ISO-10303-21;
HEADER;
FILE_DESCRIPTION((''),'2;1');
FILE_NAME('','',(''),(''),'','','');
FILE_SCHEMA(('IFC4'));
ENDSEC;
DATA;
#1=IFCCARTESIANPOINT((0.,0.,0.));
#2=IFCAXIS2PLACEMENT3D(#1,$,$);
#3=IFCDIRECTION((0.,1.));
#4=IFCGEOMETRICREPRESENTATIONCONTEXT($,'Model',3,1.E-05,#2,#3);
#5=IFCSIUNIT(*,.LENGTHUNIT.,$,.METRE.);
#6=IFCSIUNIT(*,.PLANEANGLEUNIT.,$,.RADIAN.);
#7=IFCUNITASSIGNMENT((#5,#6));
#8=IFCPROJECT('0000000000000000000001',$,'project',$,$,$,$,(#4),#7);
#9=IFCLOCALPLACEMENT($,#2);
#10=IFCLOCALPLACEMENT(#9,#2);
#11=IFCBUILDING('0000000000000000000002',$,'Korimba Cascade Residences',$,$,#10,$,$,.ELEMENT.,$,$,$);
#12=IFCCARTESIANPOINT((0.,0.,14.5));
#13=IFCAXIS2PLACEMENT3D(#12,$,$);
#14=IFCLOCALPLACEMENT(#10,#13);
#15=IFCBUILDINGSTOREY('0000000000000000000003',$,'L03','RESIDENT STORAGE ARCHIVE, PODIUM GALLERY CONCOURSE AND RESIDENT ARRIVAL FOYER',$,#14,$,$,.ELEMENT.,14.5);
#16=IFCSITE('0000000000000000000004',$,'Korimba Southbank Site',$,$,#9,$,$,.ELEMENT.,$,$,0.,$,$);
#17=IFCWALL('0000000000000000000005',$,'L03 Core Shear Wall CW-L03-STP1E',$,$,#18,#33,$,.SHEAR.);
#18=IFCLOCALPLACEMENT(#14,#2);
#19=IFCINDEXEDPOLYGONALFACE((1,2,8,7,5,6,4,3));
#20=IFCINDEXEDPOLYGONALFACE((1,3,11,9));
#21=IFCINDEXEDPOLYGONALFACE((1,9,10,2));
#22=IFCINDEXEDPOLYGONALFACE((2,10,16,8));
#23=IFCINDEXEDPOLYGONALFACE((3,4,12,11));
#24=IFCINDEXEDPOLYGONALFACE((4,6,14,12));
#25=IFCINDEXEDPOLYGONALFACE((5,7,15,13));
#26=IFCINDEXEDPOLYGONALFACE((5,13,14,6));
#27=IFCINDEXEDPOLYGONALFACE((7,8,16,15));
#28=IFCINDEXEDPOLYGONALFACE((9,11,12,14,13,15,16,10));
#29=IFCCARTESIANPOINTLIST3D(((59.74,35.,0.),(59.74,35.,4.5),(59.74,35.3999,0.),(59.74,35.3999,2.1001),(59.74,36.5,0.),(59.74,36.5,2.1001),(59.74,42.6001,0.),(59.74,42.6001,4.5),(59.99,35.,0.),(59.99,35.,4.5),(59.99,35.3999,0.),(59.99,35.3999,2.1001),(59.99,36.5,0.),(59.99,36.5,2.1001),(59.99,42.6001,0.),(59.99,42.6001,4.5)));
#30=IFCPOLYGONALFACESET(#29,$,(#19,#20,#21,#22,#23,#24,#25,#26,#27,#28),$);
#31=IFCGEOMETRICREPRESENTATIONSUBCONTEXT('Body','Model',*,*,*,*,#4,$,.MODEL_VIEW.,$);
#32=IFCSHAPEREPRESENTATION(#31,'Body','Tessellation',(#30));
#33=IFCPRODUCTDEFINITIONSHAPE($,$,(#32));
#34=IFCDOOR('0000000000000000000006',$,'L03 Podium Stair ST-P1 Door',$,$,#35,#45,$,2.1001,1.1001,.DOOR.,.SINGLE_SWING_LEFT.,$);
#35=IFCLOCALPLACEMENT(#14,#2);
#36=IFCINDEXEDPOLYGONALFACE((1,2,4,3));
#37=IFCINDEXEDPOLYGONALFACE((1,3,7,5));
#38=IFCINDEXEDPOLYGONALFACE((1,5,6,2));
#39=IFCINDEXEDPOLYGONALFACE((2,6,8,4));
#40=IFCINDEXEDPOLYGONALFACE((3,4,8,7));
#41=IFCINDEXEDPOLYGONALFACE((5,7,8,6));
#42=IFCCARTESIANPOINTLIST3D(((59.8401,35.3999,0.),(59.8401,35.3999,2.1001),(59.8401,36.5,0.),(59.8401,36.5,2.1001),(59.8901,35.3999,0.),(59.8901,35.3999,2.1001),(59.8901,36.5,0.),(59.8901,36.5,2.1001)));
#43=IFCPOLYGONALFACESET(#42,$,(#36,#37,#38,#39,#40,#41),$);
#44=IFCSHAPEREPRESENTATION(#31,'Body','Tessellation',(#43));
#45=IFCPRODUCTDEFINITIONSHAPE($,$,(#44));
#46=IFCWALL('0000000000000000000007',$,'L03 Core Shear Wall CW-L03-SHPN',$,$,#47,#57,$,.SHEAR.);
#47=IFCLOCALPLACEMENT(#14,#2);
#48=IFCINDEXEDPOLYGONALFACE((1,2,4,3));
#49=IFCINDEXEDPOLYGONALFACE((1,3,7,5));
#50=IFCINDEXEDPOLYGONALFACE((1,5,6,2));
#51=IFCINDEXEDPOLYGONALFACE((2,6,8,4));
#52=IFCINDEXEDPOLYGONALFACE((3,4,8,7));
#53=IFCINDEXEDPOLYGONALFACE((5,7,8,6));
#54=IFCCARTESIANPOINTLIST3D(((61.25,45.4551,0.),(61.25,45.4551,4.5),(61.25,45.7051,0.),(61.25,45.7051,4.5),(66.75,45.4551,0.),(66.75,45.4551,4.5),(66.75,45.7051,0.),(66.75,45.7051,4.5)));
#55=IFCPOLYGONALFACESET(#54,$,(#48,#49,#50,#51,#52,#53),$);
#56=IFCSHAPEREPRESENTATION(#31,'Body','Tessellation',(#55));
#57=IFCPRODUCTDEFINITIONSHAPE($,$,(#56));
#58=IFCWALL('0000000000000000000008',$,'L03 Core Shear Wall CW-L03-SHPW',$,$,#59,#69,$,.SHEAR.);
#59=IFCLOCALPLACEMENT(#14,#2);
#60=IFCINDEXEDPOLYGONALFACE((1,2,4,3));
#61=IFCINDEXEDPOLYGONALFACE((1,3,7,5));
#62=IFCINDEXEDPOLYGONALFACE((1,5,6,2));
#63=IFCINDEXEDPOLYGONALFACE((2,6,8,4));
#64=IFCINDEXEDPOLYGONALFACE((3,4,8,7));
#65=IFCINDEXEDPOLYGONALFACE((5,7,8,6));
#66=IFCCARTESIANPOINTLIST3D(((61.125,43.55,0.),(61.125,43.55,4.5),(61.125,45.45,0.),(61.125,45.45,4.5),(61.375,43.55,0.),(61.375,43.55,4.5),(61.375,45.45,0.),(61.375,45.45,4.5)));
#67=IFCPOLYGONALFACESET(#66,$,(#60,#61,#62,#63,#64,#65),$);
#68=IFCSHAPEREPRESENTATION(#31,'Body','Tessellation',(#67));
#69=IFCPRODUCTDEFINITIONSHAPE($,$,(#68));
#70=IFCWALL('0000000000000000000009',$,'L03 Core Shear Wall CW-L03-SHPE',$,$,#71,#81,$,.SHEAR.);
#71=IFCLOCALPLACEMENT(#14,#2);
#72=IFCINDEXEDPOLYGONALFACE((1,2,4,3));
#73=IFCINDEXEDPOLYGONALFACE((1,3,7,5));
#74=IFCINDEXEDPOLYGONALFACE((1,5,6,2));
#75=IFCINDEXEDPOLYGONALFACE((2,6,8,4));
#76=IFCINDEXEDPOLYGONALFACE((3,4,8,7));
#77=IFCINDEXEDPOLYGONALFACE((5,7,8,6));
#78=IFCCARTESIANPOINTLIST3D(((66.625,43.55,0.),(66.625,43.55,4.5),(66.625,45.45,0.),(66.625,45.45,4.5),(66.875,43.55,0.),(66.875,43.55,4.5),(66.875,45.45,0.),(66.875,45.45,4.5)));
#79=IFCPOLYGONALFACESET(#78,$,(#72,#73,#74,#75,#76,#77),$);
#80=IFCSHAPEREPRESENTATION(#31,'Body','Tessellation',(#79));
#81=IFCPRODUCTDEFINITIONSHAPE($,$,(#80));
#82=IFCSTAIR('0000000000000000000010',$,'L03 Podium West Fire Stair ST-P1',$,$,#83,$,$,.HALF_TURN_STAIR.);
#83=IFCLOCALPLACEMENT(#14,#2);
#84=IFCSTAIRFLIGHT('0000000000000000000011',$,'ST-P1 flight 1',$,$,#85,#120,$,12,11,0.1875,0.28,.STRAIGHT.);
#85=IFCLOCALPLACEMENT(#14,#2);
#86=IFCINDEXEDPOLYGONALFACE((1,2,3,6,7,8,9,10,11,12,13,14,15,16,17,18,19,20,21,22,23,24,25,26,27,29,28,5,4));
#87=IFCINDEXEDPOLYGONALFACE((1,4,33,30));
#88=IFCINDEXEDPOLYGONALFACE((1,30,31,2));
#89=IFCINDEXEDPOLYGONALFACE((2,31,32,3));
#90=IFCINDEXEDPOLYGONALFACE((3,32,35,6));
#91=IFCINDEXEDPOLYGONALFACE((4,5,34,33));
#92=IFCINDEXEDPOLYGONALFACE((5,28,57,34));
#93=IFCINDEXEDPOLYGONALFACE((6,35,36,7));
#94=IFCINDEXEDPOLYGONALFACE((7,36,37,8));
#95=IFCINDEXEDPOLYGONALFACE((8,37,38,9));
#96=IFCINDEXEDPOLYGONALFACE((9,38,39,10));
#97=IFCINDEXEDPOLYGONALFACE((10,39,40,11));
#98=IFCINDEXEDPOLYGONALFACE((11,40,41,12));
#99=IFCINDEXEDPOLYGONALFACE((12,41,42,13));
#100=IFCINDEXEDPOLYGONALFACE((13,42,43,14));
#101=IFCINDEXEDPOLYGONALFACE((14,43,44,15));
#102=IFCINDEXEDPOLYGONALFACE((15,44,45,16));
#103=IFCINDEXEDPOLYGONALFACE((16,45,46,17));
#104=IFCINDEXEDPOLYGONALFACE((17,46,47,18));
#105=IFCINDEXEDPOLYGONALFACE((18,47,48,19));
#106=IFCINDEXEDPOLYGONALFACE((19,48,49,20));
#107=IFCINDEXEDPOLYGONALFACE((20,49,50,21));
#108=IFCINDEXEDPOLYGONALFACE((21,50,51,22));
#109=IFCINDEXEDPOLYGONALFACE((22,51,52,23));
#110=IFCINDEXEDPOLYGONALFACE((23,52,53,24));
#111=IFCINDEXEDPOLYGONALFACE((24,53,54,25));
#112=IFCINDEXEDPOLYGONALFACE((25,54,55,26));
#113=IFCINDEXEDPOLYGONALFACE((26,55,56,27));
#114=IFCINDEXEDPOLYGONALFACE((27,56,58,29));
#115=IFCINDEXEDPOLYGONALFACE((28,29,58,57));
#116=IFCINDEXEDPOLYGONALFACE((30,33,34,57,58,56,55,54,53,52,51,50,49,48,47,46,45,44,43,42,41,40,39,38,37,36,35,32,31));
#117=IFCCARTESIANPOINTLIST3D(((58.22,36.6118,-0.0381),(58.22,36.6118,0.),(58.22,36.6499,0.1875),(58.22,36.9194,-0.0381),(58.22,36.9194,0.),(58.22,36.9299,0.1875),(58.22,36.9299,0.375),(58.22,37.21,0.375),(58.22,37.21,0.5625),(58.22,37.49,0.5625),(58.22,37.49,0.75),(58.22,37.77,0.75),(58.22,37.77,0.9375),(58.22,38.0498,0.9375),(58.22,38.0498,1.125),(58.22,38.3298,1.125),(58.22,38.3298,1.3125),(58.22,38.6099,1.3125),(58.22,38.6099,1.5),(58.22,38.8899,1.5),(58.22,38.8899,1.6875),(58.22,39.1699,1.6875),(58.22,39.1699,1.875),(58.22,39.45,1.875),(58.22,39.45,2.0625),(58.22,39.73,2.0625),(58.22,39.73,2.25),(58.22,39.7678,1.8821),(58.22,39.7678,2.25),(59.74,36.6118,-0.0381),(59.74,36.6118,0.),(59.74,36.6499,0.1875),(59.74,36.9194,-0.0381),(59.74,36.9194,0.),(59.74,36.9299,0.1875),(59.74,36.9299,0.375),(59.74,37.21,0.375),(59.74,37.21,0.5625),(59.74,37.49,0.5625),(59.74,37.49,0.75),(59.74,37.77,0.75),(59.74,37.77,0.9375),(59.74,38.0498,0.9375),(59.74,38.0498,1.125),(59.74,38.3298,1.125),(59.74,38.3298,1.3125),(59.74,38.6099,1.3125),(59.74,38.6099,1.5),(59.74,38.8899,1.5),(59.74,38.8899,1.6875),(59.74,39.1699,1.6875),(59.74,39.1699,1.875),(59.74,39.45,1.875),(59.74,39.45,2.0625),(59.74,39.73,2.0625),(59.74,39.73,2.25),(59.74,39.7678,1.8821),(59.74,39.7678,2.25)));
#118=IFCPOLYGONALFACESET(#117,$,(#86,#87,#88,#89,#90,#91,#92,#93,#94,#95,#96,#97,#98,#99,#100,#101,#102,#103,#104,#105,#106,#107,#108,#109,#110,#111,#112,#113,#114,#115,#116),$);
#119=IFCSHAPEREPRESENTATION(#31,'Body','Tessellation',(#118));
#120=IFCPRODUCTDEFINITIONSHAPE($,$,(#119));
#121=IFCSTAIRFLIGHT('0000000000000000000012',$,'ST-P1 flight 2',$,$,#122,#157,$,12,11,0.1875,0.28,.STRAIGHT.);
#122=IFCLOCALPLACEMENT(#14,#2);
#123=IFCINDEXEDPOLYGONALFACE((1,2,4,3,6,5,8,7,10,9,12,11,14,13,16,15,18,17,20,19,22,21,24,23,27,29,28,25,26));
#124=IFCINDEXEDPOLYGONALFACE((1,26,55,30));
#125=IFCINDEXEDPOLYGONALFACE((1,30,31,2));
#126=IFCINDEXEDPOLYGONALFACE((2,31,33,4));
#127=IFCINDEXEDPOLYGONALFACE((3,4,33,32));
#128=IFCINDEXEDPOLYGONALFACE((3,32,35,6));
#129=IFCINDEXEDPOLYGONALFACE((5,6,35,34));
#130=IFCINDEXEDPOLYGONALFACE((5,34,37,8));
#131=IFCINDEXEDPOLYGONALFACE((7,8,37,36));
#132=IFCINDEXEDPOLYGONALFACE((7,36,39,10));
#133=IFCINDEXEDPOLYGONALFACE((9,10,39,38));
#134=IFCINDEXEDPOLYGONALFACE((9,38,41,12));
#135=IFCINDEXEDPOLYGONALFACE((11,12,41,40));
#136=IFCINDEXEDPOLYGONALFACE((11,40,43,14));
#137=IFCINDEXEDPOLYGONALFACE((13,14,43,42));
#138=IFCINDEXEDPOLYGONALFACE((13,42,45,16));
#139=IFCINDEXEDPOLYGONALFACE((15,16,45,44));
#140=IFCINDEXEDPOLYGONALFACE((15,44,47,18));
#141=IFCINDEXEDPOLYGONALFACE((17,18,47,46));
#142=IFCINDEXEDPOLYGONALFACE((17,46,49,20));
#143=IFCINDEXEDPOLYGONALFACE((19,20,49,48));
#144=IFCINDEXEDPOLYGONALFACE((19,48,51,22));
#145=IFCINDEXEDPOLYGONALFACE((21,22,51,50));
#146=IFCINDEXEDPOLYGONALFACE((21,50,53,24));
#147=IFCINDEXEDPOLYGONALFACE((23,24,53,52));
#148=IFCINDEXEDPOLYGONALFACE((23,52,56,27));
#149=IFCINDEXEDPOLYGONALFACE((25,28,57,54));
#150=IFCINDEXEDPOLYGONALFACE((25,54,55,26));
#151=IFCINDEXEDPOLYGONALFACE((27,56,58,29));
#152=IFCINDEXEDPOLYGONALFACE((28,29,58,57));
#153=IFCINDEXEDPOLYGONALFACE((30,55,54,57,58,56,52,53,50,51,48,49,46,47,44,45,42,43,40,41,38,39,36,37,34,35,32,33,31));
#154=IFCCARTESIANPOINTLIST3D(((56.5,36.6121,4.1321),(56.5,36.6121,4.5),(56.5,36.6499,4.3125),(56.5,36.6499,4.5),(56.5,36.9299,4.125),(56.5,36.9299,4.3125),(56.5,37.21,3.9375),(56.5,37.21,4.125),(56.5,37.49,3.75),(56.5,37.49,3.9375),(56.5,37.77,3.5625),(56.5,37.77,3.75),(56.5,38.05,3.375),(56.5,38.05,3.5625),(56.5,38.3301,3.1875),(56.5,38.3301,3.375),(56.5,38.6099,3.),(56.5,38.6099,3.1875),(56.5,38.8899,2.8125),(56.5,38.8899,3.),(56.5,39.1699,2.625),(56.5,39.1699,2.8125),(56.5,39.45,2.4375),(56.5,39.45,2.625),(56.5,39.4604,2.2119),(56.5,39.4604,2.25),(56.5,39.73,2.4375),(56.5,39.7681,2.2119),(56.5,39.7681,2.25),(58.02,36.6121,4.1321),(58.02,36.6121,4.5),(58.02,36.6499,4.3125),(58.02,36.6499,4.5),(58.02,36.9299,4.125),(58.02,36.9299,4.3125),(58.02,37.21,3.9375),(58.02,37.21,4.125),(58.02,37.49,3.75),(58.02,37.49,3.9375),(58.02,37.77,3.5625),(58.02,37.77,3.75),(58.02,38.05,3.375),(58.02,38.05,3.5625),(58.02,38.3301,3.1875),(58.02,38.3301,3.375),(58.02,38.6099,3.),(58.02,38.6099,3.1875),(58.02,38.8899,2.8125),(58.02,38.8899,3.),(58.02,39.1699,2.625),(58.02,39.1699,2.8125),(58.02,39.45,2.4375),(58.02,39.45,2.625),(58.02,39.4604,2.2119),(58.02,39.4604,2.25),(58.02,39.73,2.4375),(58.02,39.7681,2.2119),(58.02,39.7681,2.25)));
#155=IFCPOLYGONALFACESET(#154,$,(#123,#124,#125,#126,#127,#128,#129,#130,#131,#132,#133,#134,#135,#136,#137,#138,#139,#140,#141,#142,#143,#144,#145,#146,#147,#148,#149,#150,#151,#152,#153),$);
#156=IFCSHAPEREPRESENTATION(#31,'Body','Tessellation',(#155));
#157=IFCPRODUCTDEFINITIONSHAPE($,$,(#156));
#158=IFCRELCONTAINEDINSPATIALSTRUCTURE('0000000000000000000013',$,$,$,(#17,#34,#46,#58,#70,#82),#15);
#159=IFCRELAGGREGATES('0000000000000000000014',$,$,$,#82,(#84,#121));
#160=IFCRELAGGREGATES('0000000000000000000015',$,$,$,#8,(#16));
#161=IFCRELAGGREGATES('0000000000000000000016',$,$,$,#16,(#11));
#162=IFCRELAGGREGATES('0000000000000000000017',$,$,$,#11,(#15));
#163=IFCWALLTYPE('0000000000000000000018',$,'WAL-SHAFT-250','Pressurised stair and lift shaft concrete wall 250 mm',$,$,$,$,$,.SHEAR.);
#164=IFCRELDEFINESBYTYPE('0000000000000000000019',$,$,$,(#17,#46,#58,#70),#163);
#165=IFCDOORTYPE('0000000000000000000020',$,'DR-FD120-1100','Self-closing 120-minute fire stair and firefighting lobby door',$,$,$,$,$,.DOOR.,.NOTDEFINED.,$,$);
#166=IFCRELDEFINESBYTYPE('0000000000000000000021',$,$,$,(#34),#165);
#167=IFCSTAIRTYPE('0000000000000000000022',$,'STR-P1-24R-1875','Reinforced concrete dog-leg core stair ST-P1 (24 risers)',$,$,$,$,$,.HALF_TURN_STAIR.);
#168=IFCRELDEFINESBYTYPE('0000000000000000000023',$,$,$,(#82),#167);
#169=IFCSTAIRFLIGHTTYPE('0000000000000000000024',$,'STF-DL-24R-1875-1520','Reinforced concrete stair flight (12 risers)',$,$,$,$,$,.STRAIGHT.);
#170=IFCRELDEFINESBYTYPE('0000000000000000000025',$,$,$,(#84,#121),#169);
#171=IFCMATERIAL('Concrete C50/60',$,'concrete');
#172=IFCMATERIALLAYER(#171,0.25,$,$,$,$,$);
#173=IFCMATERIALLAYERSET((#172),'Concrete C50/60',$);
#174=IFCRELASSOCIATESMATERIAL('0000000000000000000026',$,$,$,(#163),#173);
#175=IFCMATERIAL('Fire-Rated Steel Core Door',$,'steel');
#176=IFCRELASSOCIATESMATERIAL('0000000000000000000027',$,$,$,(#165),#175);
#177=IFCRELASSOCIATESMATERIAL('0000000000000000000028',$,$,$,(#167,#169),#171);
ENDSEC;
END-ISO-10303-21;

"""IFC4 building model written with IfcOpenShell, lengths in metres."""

from ifc_helpers import new_model, si_unit, direction, frame, frame_2d, origin, place, context, subcontext, project, spatial, polyline, rectangle, outline, extrude, material, layer, layer_set, type_object, element, fill, aggregate, save


model = new_model("IFC4")

# Units and contexts
model_context = context("Model", 3, precision=1e-05, world=origin(), true_north=direction((0.0, 1.0)))
body_context = subcontext(model_context, "Body", "Model", "MODEL_VIEW")
ifc_project = project(units=[si_unit("LENGTHUNIT", "METRE"), si_unit("PLANEANGLEUNIT", "RADIAN")], contexts=[model_context])

# Site, building, storey
site_placement = place(None, origin())
site = spatial("IfcSite", under=ifc_project, at=site_placement, Name="Korimba Southbank Site", CompositionType="ELEMENT", RefElevation=0.0)
building_placement = place(site_placement, origin())
building = spatial("IfcBuilding", under=site, at=building_placement, Name="Korimba Cascade Residences", CompositionType="ELEMENT")
storey_placement = place(building_placement, frame((0.0, 0.0, 14.5)))
storey = spatial("IfcBuildingStorey", under=building, at=storey_placement, Name="L03", Description="RESIDENT STORAGE ARCHIVE, PODIUM GALLERY CONCOURSE AND RESIDENT ARRIVAL FOYER", CompositionType="ELEMENT", Elevation=14.5)

# Shared definitions
ifc_material_1 = material(Name="Concrete C50/60", Category="concrete")

# Shared definitions
ifc_layer_1 = layer(ifc_material_1, 0.25)
ifc_layer_set_1 = layer_set([ifc_layer_1], Name="Concrete C50/60")
wall_type_1 = type_object("IfcWallType", Name="WAL-SHAFT-250", Description="Pressurised stair and lift shaft concrete wall 250 mm", PredefinedType="SHEAR", material=ifc_layer_set_1)

# Wall, opening, door
wall_1_placement = place(storey_placement, frame((59.865, 35.0, 0.0), z_axis=(0.0, 0.0, 1.0), x_axis=(0.0, 1.0, 0.0)))
wall_1 = element("IfcWall", 1, at=wall_1_placement, inside=storey, type_object=wall_type_1, Name="L03 Core Shear Wall CW-L03-STP1E", PredefinedType="SHEAR", context=body_context, shape_type="SweptSolid", body=[
    extrude(rectangle(XDim=7.6001, YDim=0.25, at=frame_2d((3.8, 0.0))), origin(), (0.0, 0.0, 1.0), 4.5),
])
opening_1_placement = place(wall_1_placement, frame((0.3999, 0.0, 0.0)))
opening_1 = element("IfcOpeningElement", 2, at=opening_1_placement, cuts=wall_1, PredefinedType="OPENING", context=body_context, shape_type="SweptSolid", body=[
    extrude(rectangle(XDim=1.1001, YDim=2.1001, at=frame_2d((0.55, 1.05))), frame((0.0, 0.135, 0.0), z_axis=(0.0, -1.0, 0.0), x_axis=(1.0, 0.0, 0.0)), (0.0, 0.0, 1.0), 0.27),
])
ifc_material_2 = material(Name="Fire-Rated Steel Core Door", Category="steel")
door_type_1 = type_object("IfcDoorType", Name="DR-FD120-1100", Description="Self-closing 120-minute fire stair and firefighting lobby door", OperationType="NOTDEFINED", PredefinedType="DOOR", material=ifc_material_2)
door_1_placement = place(opening_1_placement, origin())
door_1 = element("IfcDoor", 3, at=door_1_placement, inside=storey, type_object=door_type_1, Name="L03 Podium Stair ST-P1 Door", OperationType="SINGLE_SWING_LEFT", OverallHeight=2.1001, OverallWidth=1.1001, PredefinedType="DOOR", context=body_context, shape_type="SweptSolid", body=[
    extrude(rectangle(XDim=1.1001, YDim=2.1001, at=frame_2d((0.55, 1.05))), frame((0.0, 0.0249, 0.0), z_axis=(0.0, -1.0, 0.0), x_axis=(1.0, 0.0, 0.0)), (0.0, 0.0, 1.0), 0.05),
])
fill(opening_1, door_1)

# Walls
wall_2_placement = place(storey_placement, frame((61.25, 45.5801, 0.0), z_axis=(0.0, 0.0, 1.0), x_axis=(1.0, 0.0, 0.0)))
element("IfcWall", 4, at=wall_2_placement, inside=storey, type_object=wall_type_1, Name="L03 Core Shear Wall CW-L03-SHPN", PredefinedType="SHEAR", context=body_context, shape_type="SweptSolid", body=[
    extrude(rectangle(XDim=5.5, YDim=0.25, at=frame_2d((2.75, 0.0))), origin(), (0.0, 0.0, 1.0), 4.5),
])
for number, where, z_axis, x_axis, name in (
    (5, (61.25, 43.55, 0.0), (0.0, 0.0, 1.0), (0.0, 1.0, 0.0), "L03 Core Shear Wall CW-L03-SHPW"),
    (6, (66.75, 43.55, 0.0), (0.0, 0.0, 1.0), (0.0, 1.0, 0.0), "L03 Core Shear Wall CW-L03-SHPE"),
):
    element("IfcWall", number, at=place(storey_placement, frame(where, z_axis=z_axis, x_axis=x_axis)), inside=storey, type_object=wall_type_1, Name=name, PredefinedType="SHEAR", context=body_context, shape_type="SweptSolid", body=[
        extrude(rectangle(XDim=1.8999, YDim=0.25, at=frame_2d((0.95, 0.0))), origin(), (0.0, 0.0, 1.0), 4.5),
    ])

# Stair, stair flights
stair_type = type_object("IfcStairType", Name="STR-P1-24R-1875", Description="Reinforced concrete dog-leg core stair ST-P1 (24 risers)", PredefinedType="HALF_TURN_STAIR", material=ifc_material_1)
stair_placement = place(storey_placement, origin())
stair = element("IfcStair", 7, at=stair_placement, inside=storey, type_object=stair_type, Name="L03 Podium West Fire Stair ST-P1", PredefinedType="HALF_TURN_STAIR")
stair_flight_type = type_object("IfcStairFlightType", Name="STF-DL-24R-1875-1520", Description="Reinforced concrete stair flight (12 risers)", PredefinedType="STRAIGHT", material=ifc_material_1)
stair_flight_1_placement = place(storey_placement, frame((58.98, 36.6499, 0.0), z_axis=(0.0, 0.0, 1.0), x_axis=(0.0, 1.0, 0.0)))
stair_flight_1 = element("IfcStairFlight", 8, at=stair_flight_1_placement, type_object=stair_flight_type, Name="ST-P1 flight 1", NumberOfRisers=12, NumberOfTreads=11, PredefinedType="STRAIGHT", RiserHeight=0.1875, TreadLength=0.28, context=body_context, shape_type="SweptSolid", body=[
    extrude(outline(polyline([(-0.0381, 0.0), (0.0, 0.1875), (0.28, 0.1875), (0.28, 0.375), (0.5601, 0.375), (0.5601, 0.5625), (0.8401, 0.5625), (0.8401, 0.75), (1.1201, 0.75), (1.1201, 0.9375), (1.3999, 0.9375), (1.3999, 1.125), (1.6799, 1.125), (1.6799, 1.3125), (1.96, 1.3125), (1.96, 1.5), (2.24, 1.5), (2.24, 1.6875), (2.52, 1.6875), (2.52, 1.875), (2.8, 1.875), (2.8, 2.0625), (3.0801, 2.0625), (3.0801, 2.25), (3.1179, 2.25), (3.1179, 1.8821), (0.2695, 0.0), (0.2695, -0.0381), (-0.0381, -0.0381), (-0.0381, 0.0)])), frame((0.0, 0.76, 0.0), z_axis=(0.0, -1.0, 0.0), x_axis=(1.0, 0.0, 0.0)), (0.0, 0.0, 1.0), 1.52),
])
stair_flight_2_placement = place(storey_placement, frame((57.26, 39.73, 2.25), z_axis=(0.0, 0.0, 1.0), x_axis=(0.0, -1.0, 0.0)))
stair_flight_2 = element("IfcStairFlight", 9, at=stair_flight_2_placement, type_object=stair_flight_type, Name="ST-P1 flight 2", NumberOfRisers=12, NumberOfTreads=11, PredefinedType="STRAIGHT", RiserHeight=0.1875, TreadLength=0.28, context=body_context, shape_type="SweptSolid", body=[
    extrude(outline(polyline([(-0.0381, 0.0), (0.0, 0.1875), (0.28, 0.1875), (0.28, 0.375), (0.5601, 0.375), (0.5601, 0.5625), (0.8401, 0.5625), (0.8401, 0.75), (1.1201, 0.75), (1.1201, 0.9375), (1.3999, 0.9375), (1.3999, 1.125), (1.6799, 1.125), (1.6799, 1.3125), (1.96, 1.3125), (1.96, 1.5), (2.24, 1.5), (2.24, 1.6875), (2.52, 1.6875), (2.52, 1.875), (2.8, 1.875), (2.8, 2.0625), (3.0801, 2.0625), (3.0801, 2.25), (3.1179, 2.25), (3.1179, 1.8821), (0.2695, 0.0), (0.2695, -0.0381), (-0.0381, -0.0381), (-0.0381, 0.0)])), frame((0.0, 0.76, 0.0), z_axis=(0.0, -1.0, 0.0), x_axis=(1.0, 0.0, 0.0)), (0.0, 0.0, 1.0), 1.52),
])
aggregate(stair, [stair_flight_1, stair_flight_2])

save(model, "model.ifc")
